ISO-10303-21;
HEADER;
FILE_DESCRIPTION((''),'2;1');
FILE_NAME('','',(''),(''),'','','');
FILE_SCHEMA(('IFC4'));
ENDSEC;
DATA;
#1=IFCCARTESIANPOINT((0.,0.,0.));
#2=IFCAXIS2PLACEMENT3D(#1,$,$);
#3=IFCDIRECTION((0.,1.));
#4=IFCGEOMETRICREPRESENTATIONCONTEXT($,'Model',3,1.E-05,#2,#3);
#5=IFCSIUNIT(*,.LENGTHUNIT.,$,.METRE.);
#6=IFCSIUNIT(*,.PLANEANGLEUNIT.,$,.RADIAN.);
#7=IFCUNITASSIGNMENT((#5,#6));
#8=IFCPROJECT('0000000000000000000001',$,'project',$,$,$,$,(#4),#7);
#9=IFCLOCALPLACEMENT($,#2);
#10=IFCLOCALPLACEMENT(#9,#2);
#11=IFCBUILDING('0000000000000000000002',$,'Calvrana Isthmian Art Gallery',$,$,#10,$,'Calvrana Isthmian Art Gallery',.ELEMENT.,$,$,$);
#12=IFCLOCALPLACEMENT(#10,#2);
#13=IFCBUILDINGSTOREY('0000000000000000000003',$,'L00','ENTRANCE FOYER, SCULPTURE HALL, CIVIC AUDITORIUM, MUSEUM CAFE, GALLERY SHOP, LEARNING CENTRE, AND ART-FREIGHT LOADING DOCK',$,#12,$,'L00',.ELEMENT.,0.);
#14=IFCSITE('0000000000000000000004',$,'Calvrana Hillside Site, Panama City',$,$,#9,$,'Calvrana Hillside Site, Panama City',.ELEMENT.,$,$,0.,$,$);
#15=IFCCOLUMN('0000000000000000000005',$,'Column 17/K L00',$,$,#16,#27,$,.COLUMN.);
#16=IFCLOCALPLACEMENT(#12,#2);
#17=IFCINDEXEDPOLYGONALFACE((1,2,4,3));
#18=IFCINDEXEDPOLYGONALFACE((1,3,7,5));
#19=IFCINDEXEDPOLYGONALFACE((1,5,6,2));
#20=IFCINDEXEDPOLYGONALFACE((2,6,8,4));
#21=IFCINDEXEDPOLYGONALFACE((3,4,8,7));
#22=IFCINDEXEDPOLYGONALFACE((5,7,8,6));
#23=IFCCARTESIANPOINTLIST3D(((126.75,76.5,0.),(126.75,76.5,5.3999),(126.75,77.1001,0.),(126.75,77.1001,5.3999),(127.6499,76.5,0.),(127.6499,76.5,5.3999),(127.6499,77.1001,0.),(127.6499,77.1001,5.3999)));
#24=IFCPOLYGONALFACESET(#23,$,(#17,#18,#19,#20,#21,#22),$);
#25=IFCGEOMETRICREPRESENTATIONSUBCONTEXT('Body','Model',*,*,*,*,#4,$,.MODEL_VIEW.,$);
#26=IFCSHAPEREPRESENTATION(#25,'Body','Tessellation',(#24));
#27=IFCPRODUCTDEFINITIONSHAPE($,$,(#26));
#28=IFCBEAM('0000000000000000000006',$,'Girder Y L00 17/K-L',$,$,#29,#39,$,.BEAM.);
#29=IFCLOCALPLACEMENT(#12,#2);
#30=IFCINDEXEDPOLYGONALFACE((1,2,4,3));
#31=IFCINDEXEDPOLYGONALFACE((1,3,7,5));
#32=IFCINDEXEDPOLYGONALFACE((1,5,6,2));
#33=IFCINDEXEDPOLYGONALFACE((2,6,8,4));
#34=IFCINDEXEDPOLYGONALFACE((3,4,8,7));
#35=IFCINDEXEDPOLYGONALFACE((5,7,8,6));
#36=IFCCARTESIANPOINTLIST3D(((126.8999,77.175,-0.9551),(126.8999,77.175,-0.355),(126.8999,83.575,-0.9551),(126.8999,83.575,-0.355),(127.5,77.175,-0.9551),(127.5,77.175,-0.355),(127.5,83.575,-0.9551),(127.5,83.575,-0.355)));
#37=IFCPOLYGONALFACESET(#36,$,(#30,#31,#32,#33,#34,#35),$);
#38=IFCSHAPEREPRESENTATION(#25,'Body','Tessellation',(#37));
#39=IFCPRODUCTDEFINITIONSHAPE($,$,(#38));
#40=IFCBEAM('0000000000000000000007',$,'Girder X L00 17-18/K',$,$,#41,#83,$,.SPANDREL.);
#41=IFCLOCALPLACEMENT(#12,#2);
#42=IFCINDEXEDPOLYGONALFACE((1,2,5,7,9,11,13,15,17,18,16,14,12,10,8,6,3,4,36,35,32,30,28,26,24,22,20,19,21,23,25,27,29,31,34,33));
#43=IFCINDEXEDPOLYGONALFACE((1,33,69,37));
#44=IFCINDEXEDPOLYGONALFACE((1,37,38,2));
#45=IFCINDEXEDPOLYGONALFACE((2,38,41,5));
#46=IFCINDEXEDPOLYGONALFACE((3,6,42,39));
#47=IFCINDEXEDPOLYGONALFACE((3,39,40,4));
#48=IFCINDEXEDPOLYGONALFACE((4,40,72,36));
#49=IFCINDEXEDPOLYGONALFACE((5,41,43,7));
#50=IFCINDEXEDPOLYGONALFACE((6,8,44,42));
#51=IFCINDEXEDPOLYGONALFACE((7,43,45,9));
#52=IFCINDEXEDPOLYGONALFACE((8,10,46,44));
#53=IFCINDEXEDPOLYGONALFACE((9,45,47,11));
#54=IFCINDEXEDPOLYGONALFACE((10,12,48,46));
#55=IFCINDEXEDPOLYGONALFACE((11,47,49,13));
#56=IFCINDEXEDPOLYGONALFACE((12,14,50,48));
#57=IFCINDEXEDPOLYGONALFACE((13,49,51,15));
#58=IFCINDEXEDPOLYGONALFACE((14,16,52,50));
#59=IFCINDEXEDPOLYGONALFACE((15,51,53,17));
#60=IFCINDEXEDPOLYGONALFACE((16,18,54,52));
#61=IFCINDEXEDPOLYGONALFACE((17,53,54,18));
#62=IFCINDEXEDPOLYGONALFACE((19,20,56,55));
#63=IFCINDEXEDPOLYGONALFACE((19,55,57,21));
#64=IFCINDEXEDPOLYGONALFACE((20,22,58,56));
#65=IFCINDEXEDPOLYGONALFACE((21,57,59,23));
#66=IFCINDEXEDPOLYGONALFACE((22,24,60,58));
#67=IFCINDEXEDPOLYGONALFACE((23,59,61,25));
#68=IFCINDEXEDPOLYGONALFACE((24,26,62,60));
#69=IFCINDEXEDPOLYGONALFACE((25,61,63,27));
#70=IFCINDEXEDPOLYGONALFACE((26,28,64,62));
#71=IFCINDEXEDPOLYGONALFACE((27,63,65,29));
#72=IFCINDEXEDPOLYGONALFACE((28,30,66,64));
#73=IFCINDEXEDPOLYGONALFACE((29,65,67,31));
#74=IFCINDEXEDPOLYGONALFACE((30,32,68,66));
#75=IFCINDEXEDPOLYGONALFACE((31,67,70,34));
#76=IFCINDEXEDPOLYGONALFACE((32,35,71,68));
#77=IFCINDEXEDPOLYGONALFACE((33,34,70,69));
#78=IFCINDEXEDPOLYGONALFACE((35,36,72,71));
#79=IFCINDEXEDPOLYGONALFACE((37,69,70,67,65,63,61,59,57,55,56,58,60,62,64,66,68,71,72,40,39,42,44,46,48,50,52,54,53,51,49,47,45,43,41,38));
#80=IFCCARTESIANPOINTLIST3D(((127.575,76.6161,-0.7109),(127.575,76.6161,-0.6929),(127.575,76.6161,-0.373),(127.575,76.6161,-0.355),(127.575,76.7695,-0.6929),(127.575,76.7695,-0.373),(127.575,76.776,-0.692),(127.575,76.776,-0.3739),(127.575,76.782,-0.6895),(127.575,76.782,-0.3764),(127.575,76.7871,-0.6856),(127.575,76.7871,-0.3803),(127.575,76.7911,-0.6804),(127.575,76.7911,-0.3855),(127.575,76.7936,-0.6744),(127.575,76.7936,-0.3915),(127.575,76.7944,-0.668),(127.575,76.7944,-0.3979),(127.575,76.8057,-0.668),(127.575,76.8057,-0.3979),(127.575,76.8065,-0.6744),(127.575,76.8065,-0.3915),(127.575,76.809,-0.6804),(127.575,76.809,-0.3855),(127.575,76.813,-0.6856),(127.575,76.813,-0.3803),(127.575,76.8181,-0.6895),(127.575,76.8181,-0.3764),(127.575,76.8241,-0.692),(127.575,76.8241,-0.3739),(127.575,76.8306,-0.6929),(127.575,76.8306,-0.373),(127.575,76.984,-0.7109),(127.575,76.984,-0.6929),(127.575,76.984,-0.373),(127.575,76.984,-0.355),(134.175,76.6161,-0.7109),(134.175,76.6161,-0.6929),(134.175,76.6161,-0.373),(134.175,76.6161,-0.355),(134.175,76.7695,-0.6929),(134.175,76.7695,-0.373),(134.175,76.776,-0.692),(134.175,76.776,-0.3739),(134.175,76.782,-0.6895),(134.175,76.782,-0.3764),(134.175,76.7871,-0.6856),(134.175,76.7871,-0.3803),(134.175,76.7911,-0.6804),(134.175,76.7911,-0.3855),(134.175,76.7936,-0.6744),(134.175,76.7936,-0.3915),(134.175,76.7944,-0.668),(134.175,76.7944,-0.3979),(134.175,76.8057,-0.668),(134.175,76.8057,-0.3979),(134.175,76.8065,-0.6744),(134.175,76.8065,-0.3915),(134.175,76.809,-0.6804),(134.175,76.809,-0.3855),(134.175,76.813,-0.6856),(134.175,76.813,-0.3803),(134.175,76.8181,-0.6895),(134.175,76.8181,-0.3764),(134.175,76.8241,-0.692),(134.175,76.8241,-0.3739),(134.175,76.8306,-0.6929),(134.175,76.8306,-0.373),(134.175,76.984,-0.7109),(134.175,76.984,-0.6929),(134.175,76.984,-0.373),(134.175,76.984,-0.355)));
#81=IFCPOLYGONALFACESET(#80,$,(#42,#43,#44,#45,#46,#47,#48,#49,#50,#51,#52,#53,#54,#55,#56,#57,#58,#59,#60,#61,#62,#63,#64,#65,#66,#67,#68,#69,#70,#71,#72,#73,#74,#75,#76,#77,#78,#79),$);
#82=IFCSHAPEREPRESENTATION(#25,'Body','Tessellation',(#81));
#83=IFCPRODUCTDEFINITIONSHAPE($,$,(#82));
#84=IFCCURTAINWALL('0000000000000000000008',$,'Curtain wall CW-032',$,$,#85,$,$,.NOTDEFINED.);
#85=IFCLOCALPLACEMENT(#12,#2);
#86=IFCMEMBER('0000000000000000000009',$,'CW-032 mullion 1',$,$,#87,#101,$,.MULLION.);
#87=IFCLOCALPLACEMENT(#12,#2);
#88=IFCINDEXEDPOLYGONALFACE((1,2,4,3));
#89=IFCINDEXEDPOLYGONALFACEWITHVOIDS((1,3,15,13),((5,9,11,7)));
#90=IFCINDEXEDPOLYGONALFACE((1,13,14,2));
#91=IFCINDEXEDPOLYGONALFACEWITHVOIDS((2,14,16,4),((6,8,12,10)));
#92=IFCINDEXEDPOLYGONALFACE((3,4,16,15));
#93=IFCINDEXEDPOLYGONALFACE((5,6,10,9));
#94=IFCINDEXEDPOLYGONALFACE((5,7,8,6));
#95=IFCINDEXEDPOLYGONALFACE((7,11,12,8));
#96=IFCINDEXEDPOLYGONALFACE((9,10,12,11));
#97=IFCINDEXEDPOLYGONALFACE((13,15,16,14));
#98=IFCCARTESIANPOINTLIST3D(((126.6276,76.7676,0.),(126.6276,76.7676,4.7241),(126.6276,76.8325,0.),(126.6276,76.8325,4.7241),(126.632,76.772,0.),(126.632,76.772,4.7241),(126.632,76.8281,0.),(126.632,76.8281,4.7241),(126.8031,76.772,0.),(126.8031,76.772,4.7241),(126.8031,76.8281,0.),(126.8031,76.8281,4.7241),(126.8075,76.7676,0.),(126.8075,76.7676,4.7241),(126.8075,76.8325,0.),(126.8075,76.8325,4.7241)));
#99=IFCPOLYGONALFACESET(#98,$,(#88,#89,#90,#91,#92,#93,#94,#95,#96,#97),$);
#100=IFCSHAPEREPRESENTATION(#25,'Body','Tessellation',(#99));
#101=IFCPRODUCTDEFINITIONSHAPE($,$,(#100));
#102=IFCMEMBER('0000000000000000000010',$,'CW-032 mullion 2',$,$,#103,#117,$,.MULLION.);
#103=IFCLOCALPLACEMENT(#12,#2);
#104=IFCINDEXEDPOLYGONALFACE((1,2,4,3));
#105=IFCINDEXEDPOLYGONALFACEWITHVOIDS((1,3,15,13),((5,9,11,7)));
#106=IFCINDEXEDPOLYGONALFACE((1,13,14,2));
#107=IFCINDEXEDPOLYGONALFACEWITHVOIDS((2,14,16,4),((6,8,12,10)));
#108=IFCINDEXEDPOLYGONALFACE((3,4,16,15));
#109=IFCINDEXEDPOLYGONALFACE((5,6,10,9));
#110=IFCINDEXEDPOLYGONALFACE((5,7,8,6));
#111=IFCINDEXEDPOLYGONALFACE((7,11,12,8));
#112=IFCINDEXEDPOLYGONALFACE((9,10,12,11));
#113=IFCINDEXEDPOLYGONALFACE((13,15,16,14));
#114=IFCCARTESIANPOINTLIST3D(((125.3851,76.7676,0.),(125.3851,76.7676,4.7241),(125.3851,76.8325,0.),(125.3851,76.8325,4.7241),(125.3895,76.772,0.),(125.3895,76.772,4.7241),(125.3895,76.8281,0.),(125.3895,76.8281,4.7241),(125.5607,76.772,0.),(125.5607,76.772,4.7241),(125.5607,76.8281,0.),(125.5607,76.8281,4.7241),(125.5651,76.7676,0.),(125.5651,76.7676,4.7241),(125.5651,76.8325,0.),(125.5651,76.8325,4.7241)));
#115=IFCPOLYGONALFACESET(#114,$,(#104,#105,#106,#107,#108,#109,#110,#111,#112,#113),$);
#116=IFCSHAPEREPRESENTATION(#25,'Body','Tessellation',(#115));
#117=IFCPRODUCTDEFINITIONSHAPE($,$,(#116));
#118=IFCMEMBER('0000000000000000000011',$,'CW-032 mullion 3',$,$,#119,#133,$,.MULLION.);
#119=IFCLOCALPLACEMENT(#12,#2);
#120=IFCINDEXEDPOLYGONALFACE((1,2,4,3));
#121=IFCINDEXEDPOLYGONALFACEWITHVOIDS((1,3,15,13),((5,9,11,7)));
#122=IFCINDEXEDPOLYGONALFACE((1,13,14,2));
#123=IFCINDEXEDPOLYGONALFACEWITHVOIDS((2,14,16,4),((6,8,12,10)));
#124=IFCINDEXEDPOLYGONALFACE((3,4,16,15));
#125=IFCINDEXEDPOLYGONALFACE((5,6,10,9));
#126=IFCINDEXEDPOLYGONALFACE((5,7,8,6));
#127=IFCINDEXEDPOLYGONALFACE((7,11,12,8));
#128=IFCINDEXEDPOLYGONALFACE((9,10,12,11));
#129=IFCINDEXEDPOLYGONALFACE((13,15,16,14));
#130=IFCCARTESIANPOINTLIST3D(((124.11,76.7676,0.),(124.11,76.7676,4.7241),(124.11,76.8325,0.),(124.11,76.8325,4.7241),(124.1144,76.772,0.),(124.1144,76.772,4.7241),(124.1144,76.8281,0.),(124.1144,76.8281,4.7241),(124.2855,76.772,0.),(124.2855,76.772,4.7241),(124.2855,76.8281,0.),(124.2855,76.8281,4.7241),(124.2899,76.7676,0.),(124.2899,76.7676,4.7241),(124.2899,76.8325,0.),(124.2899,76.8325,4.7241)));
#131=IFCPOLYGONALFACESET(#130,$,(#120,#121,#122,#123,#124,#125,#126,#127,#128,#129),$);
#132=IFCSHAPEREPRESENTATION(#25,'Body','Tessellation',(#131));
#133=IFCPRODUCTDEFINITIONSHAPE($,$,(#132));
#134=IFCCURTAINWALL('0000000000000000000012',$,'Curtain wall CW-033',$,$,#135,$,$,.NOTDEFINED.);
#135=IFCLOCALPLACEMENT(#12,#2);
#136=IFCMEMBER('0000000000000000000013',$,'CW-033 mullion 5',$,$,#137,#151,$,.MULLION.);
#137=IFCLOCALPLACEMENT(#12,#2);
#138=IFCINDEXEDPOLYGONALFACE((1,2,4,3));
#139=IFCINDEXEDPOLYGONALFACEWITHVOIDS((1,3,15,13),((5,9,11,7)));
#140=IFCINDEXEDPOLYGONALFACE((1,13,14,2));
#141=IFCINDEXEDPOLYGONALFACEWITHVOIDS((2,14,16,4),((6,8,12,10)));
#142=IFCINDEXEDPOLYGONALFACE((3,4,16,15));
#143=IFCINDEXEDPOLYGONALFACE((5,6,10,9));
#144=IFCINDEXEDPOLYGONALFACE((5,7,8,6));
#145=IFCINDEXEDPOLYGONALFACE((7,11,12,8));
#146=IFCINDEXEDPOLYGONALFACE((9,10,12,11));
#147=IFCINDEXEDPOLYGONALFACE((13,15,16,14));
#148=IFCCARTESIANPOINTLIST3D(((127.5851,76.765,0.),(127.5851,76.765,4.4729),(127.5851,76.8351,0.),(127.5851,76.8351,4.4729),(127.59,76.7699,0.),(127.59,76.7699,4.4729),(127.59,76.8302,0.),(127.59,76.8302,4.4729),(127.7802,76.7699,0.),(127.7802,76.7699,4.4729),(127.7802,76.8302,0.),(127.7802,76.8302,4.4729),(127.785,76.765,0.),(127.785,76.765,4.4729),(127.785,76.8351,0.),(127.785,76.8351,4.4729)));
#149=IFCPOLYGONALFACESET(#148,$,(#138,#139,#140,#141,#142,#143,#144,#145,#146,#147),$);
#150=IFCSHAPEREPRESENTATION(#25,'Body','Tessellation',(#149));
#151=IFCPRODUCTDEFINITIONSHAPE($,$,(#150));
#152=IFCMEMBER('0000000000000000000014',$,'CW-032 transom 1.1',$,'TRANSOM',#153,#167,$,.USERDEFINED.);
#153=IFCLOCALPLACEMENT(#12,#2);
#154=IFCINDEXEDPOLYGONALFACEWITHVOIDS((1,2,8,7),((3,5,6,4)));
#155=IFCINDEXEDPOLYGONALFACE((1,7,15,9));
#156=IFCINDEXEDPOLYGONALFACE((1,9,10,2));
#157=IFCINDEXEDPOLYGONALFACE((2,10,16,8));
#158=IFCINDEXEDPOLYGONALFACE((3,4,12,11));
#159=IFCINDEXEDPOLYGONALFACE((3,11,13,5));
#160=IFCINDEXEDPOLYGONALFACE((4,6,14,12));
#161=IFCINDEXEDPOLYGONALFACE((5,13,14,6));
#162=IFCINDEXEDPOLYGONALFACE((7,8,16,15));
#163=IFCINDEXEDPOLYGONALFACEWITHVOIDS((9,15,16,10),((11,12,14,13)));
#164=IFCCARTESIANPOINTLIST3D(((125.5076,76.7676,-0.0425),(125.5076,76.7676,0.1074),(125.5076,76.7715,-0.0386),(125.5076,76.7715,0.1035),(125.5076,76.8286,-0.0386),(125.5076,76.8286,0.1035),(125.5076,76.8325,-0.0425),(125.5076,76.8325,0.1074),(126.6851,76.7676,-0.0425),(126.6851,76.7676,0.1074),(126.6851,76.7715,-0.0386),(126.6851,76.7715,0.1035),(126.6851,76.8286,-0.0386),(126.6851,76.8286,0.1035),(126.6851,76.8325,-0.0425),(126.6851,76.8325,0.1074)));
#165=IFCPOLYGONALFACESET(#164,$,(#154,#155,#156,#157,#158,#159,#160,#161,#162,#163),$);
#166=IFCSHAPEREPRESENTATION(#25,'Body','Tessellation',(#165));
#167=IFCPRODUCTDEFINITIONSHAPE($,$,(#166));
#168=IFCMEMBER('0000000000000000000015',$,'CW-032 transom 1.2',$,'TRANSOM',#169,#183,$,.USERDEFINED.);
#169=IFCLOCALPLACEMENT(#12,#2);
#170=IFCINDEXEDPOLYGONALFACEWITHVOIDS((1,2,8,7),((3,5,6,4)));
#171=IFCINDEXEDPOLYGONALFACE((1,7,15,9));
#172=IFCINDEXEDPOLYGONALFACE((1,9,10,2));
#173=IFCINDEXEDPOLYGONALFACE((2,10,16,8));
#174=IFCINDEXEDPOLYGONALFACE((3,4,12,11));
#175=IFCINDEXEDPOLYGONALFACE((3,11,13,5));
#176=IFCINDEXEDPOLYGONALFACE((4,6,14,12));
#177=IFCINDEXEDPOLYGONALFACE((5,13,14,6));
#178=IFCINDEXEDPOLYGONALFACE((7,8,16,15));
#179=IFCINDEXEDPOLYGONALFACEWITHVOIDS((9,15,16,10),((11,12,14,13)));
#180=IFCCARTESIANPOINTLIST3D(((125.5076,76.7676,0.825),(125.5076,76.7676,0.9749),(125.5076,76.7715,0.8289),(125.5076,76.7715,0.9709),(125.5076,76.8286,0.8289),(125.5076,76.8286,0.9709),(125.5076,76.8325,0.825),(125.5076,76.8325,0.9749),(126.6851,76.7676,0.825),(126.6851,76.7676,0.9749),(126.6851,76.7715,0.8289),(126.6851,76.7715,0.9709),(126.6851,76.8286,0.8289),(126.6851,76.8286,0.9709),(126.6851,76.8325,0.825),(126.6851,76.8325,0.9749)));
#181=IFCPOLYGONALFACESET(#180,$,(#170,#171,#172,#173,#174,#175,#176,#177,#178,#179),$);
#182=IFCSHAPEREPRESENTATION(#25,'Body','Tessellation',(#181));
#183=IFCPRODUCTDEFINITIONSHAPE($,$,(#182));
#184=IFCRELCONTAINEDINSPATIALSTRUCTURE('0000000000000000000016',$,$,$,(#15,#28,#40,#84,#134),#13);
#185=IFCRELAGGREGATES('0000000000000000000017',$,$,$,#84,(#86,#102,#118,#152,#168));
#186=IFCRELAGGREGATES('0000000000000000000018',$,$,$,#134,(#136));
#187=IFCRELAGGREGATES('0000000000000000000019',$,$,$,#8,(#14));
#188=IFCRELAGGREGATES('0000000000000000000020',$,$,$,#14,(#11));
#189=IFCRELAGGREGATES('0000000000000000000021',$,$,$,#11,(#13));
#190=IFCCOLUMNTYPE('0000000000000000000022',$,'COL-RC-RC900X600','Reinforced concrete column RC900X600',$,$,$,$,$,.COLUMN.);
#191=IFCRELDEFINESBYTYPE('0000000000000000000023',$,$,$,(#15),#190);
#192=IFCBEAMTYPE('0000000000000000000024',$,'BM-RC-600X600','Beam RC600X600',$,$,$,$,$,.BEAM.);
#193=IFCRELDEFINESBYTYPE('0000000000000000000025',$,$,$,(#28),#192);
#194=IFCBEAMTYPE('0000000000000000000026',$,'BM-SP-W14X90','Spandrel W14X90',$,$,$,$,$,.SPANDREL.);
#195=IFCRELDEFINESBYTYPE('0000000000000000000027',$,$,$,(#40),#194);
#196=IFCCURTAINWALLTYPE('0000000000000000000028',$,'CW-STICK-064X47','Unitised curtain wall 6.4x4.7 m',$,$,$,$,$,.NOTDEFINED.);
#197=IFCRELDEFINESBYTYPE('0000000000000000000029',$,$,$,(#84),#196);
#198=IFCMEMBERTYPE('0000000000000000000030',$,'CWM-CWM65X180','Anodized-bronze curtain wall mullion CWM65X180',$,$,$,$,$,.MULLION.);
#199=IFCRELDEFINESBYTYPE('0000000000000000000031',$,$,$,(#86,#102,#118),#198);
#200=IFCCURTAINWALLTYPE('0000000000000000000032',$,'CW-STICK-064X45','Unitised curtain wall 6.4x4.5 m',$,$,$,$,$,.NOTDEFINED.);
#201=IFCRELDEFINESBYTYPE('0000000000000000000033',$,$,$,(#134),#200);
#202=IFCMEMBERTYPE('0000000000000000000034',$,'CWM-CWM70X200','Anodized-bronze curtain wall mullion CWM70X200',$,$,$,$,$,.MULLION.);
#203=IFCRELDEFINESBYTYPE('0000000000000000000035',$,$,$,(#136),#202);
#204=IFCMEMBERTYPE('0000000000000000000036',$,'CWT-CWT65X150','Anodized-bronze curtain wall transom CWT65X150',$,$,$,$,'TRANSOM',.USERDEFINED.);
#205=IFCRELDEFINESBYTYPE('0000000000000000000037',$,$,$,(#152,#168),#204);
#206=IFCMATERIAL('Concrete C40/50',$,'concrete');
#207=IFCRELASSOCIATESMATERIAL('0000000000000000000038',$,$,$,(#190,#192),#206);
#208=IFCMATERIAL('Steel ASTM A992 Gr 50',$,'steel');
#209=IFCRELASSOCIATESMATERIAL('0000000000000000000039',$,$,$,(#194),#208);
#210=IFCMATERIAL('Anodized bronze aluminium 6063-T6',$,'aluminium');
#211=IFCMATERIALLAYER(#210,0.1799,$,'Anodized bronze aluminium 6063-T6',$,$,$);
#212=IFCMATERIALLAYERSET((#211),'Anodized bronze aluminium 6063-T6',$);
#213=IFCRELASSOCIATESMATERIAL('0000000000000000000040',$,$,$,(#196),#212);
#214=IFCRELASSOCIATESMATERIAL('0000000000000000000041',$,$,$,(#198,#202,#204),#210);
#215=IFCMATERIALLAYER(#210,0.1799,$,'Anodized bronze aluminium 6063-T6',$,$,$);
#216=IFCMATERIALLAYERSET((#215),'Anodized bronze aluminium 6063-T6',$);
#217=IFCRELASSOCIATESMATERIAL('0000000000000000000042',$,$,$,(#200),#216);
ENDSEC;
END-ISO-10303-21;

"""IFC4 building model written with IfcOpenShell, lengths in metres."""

from ifc_helpers import new_model, si_unit, direction, frame, origin, origin_2d, place, context, subcontext, project, spatial, rectangle, hollow_rectangle, i_section, extrude, material, layer, layer_set, material_profile, profile_set, type_object, element, aggregate, save


model = new_model("IFC4")

# Units and contexts
model_context = context("Model", 3, precision=1e-05, world=origin(), true_north=direction((0.0, 1.0)))
body_context = subcontext(model_context, "Body", "Model", "MODEL_VIEW")
ifc_project = project(units=[si_unit("LENGTHUNIT", "METRE"), si_unit("PLANEANGLEUNIT", "RADIAN")], contexts=[model_context])

# Site, building, storey
site_placement = place(None, origin())
site = spatial("IfcSite", under=ifc_project, at=site_placement, Name="Calvrana Hillside Site, Panama City", LongName="Calvrana Hillside Site, Panama City", CompositionType="ELEMENT", RefElevation=0.0)
building_placement = place(site_placement, origin())
building = spatial("IfcBuilding", under=site, at=building_placement, Name="Calvrana Isthmian Art Gallery", LongName="Calvrana Isthmian Art Gallery", CompositionType="ELEMENT")
storey_placement = place(building_placement, origin())
storey = spatial("IfcBuildingStorey", under=building, at=storey_placement, Name="L00", Description="ENTRANCE FOYER, SCULPTURE HALL, CIVIC AUDITORIUM, MUSEUM CAFE, GALLERY SHOP, LEARNING CENTRE, AND ART-FREIGHT LOADING DOCK", LongName="L00", CompositionType="ELEMENT", Elevation=0.0)

# Column
ifc_material_1 = material(Name="Concrete C40/50", Category="concrete")
ifc_material_profile_1 = material_profile(ifc_material_1, rectangle(XDim=0.8999, YDim=0.6001, at=origin_2d()), Name="RC900X600")
ifc_profile_set_1 = profile_set([ifc_material_profile_1], Name="Concrete C40/50")
column_type = type_object("IfcColumnType", Name="COL-RC-RC900X600", Description="Reinforced concrete column RC900X600", PredefinedType="COLUMN", material=ifc_profile_set_1)
column_placement = place(storey_placement, frame((127.2, 76.8, 0.0), z_axis=(0.0, 0.0, 1.0), x_axis=(1.0, 0.0, 0.0)))
element("IfcColumn", 1, at=column_placement, inside=storey, type_object=column_type, Name="Column 17/K L00", PredefinedType="COLUMN", context=body_context, shape_type="SweptSolid", body=[
    extrude(rectangle(XDim=0.8999, YDim=0.6001, at=origin_2d()), origin(), (0.0, 0.0, 1.0), 5.3999),
])

# Beams
ifc_material_profile_2 = material_profile(ifc_material_1, rectangle(XDim=0.6001, YDim=0.6001, at=origin_2d()), Name="RC600X600")
ifc_profile_set_2 = profile_set([ifc_material_profile_2], Name="Concrete C40/50")
beam_type_1 = type_object("IfcBeamType", Name="BM-RC-600X600", Description="Beam RC600X600", PredefinedType="BEAM", material=ifc_profile_set_2)
beam_1_placement = place(storey_placement, frame((127.2, 77.175, -0.655), z_axis=(0.0, 1.0, 0.0), x_axis=(-1.0, 0.0, 0.0)))
element("IfcBeam", 2, at=beam_1_placement, inside=storey, type_object=beam_type_1, Name="Girder Y L00 17/K-L", PredefinedType="BEAM", context=body_context, shape_type="SweptSolid", body=[
    extrude(rectangle(XDim=0.6001, YDim=0.6001, at=origin_2d()), origin(), (0.0, 0.0, 1.0), 6.3999),
])
ifc_material_2 = material(Name="Steel ASTM A992 Gr 50", Category="steel")
ifc_material_profile_3 = material_profile(ifc_material_2, i_section(OverallWidth=0.3679, OverallDepth=0.356, WebThickness=0.0112, FlangeThickness=0.0181, FilletRadius=0.0249, at=origin_2d()), Name="W14X90")
ifc_profile_set_3 = profile_set([ifc_material_profile_3], Name="Steel ASTM A992 Gr 50")
beam_type_2 = type_object("IfcBeamType", Name="BM-SP-W14X90", Description="Spandrel W14X90", PredefinedType="SPANDREL", material=ifc_profile_set_3)
beam_2_placement = place(storey_placement, frame((127.575, 76.8, -0.533), z_axis=(1.0, 0.0, 0.0), x_axis=(0.0, 1.0, 0.0)))
element("IfcBeam", 3, at=beam_2_placement, inside=storey, type_object=beam_type_2, Name="Girder X L00 17-18/K", PredefinedType="SPANDREL", context=body_context, shape_type="SweptSolid", body=[
    extrude(i_section(OverallWidth=0.3679, OverallDepth=0.356, WebThickness=0.0112, FlangeThickness=0.0181, FilletRadius=0.0249, at=origin_2d()), origin(), (0.0, 0.0, 1.0), 6.6001),
])

# Curtain wall, members
ifc_material_3 = material(Name="Anodized bronze aluminium 6063-T6", Category="aluminium")
ifc_layer_1 = layer(ifc_material_3, 0.1799, Name="Anodized bronze aluminium 6063-T6")
ifc_layer_set_1 = layer_set([ifc_layer_1], Name="Anodized bronze aluminium 6063-T6")
curtain_wall_type_1 = type_object("IfcCurtainWallType", Name="CW-STICK-064X47", Description="Unitised curtain wall 6.4x4.7 m", PredefinedType="NOTDEFINED", material=ifc_layer_set_1)
curtain_wall_1_placement = place(storey_placement, origin())
curtain_wall_1 = element("IfcCurtainWall", 4, at=curtain_wall_1_placement, inside=storey, type_object=curtain_wall_type_1, Name="Curtain wall CW-032", PredefinedType="NOTDEFINED")
ifc_material_profile_4 = material_profile(ifc_material_3, hollow_rectangle(XDim=0.0649, YDim=0.1799, WallThickness=0.0044, at=origin_2d()), Name="CWM65X180")
ifc_profile_set_4 = profile_set([ifc_material_profile_4], Name="Anodized bronze aluminium 6063-T6")
member_type_1 = type_object("IfcMemberType", Name="CWM-CWM65X180", Description="Anodized-bronze curtain wall mullion CWM65X180", PredefinedType="MULLION", material=ifc_profile_set_4)
member_1_placement = place(storey_placement, frame((126.7175, 76.8, 0.0), z_axis=(0.0, 0.0, 1.0), x_axis=(0.0, -1.0, 0.0)))
member_1 = element("IfcMember", 5, at=member_1_placement, type_object=member_type_1, Name="CW-032 mullion 1", PredefinedType="MULLION", context=body_context, shape_type="SweptSolid", body=[
    extrude(hollow_rectangle(XDim=0.0649, YDim=0.1799, WallThickness=0.0044, at=origin_2d()), origin(), (0.0, 0.0, 1.0), 4.7241),
])
member_2_placement = place(storey_placement, frame((125.4751, 76.8, 0.0), z_axis=(0.0, 0.0, 1.0), x_axis=(0.0, -1.0, 0.0)))
member_2 = element("IfcMember", 6, at=member_2_placement, type_object=member_type_1, Name="CW-032 mullion 2", PredefinedType="MULLION", context=body_context, shape_type="SweptSolid", body=[
    extrude(hollow_rectangle(XDim=0.0649, YDim=0.1799, WallThickness=0.0044, at=origin_2d()), origin(), (0.0, 0.0, 1.0), 4.7241),
])
member_3_placement = place(storey_placement, frame((124.2, 76.8, 0.0), z_axis=(0.0, 0.0, 1.0), x_axis=(0.0, -1.0, 0.0)))
member_3 = element("IfcMember", 7, at=member_3_placement, type_object=member_type_1, Name="CW-032 mullion 3", PredefinedType="MULLION", context=body_context, shape_type="SweptSolid", body=[
    extrude(hollow_rectangle(XDim=0.0649, YDim=0.1799, WallThickness=0.0044, at=origin_2d()), origin(), (0.0, 0.0, 1.0), 4.7241),
])

# Curtain wall, member
ifc_layer_2 = layer(ifc_material_3, 0.1799, Name="Anodized bronze aluminium 6063-T6")
ifc_layer_set_2 = layer_set([ifc_layer_2], Name="Anodized bronze aluminium 6063-T6")
curtain_wall_type_2 = type_object("IfcCurtainWallType", Name="CW-STICK-064X45", Description="Unitised curtain wall 6.4x4.5 m", PredefinedType="NOTDEFINED", material=ifc_layer_set_2)
curtain_wall_2_placement = place(storey_placement, origin())
curtain_wall_2 = element("IfcCurtainWall", 8, at=curtain_wall_2_placement, inside=storey, type_object=curtain_wall_type_2, Name="Curtain wall CW-033", PredefinedType="NOTDEFINED")
ifc_material_profile_5 = material_profile(ifc_material_3, hollow_rectangle(XDim=0.0701, YDim=0.2, WallThickness=0.0049, at=origin_2d()), Name="CWM70X200")
ifc_profile_set_5 = profile_set([ifc_material_profile_5], Name="Anodized bronze aluminium 6063-T6")
member_type_2 = type_object("IfcMemberType", Name="CWM-CWM70X200", Description="Anodized-bronze curtain wall mullion CWM70X200", PredefinedType="MULLION", material=ifc_profile_set_5)
member_4_placement = place(storey_placement, frame((127.6851, 76.8, 0.0), z_axis=(0.0, 0.0, 1.0), x_axis=(0.0, -1.0, 0.0)))
member_4 = element("IfcMember", 9, at=member_4_placement, type_object=member_type_2, Name="CW-033 mullion 5", PredefinedType="MULLION", context=body_context, shape_type="SweptSolid", body=[
    extrude(hollow_rectangle(XDim=0.0701, YDim=0.2, WallThickness=0.0049, at=origin_2d()), origin(), (0.0, 0.0, 1.0), 4.4729),
])

# Members
ifc_material_profile_6 = material_profile(ifc_material_3, hollow_rectangle(XDim=0.0649, YDim=0.1499, WallThickness=0.0039, at=origin_2d()), Name="CWT65X150")
ifc_profile_set_6 = profile_set([ifc_material_profile_6], Name="Anodized bronze aluminium 6063-T6")
member_type_3 = type_object("IfcMemberType", Name="CWT-CWT65X150", Description="Anodized-bronze curtain wall transom CWT65X150", ElementType="TRANSOM", PredefinedType="USERDEFINED", material=ifc_profile_set_6)
member_5_placement = place(storey_placement, frame((126.6851, 76.8, 0.0325), z_axis=(-1.0, 0.0, 0.0), x_axis=(0.0, -1.0, 0.0)))
member_5 = element("IfcMember", 10, at=member_5_placement, type_object=member_type_3, Name="CW-032 transom 1.1", ObjectType="TRANSOM", PredefinedType="USERDEFINED", context=body_context, shape_type="SweptSolid", body=[
    extrude(hollow_rectangle(XDim=0.0649, YDim=0.1499, WallThickness=0.0039, at=origin_2d()), origin(), (0.0, 0.0, 1.0), 1.1775),
])
member_6_placement = place(storey_placement, frame((126.6851, 76.8, 0.8999), z_axis=(-1.0, 0.0, 0.0), x_axis=(0.0, -1.0, 0.0)))
member_6 = element("IfcMember", 11, at=member_6_placement, type_object=member_type_3, Name="CW-032 transom 1.2", ObjectType="TRANSOM", PredefinedType="USERDEFINED", context=body_context, shape_type="SweptSolid", body=[
    extrude(hollow_rectangle(XDim=0.0649, YDim=0.1499, WallThickness=0.0039, at=origin_2d()), origin(), (0.0, 0.0, 1.0), 1.1775),
])

aggregate(curtain_wall_1, [member_1, member_2, member_3, member_5, member_6])
aggregate(curtain_wall_2, [member_4])

save(model, "model.ifc")
